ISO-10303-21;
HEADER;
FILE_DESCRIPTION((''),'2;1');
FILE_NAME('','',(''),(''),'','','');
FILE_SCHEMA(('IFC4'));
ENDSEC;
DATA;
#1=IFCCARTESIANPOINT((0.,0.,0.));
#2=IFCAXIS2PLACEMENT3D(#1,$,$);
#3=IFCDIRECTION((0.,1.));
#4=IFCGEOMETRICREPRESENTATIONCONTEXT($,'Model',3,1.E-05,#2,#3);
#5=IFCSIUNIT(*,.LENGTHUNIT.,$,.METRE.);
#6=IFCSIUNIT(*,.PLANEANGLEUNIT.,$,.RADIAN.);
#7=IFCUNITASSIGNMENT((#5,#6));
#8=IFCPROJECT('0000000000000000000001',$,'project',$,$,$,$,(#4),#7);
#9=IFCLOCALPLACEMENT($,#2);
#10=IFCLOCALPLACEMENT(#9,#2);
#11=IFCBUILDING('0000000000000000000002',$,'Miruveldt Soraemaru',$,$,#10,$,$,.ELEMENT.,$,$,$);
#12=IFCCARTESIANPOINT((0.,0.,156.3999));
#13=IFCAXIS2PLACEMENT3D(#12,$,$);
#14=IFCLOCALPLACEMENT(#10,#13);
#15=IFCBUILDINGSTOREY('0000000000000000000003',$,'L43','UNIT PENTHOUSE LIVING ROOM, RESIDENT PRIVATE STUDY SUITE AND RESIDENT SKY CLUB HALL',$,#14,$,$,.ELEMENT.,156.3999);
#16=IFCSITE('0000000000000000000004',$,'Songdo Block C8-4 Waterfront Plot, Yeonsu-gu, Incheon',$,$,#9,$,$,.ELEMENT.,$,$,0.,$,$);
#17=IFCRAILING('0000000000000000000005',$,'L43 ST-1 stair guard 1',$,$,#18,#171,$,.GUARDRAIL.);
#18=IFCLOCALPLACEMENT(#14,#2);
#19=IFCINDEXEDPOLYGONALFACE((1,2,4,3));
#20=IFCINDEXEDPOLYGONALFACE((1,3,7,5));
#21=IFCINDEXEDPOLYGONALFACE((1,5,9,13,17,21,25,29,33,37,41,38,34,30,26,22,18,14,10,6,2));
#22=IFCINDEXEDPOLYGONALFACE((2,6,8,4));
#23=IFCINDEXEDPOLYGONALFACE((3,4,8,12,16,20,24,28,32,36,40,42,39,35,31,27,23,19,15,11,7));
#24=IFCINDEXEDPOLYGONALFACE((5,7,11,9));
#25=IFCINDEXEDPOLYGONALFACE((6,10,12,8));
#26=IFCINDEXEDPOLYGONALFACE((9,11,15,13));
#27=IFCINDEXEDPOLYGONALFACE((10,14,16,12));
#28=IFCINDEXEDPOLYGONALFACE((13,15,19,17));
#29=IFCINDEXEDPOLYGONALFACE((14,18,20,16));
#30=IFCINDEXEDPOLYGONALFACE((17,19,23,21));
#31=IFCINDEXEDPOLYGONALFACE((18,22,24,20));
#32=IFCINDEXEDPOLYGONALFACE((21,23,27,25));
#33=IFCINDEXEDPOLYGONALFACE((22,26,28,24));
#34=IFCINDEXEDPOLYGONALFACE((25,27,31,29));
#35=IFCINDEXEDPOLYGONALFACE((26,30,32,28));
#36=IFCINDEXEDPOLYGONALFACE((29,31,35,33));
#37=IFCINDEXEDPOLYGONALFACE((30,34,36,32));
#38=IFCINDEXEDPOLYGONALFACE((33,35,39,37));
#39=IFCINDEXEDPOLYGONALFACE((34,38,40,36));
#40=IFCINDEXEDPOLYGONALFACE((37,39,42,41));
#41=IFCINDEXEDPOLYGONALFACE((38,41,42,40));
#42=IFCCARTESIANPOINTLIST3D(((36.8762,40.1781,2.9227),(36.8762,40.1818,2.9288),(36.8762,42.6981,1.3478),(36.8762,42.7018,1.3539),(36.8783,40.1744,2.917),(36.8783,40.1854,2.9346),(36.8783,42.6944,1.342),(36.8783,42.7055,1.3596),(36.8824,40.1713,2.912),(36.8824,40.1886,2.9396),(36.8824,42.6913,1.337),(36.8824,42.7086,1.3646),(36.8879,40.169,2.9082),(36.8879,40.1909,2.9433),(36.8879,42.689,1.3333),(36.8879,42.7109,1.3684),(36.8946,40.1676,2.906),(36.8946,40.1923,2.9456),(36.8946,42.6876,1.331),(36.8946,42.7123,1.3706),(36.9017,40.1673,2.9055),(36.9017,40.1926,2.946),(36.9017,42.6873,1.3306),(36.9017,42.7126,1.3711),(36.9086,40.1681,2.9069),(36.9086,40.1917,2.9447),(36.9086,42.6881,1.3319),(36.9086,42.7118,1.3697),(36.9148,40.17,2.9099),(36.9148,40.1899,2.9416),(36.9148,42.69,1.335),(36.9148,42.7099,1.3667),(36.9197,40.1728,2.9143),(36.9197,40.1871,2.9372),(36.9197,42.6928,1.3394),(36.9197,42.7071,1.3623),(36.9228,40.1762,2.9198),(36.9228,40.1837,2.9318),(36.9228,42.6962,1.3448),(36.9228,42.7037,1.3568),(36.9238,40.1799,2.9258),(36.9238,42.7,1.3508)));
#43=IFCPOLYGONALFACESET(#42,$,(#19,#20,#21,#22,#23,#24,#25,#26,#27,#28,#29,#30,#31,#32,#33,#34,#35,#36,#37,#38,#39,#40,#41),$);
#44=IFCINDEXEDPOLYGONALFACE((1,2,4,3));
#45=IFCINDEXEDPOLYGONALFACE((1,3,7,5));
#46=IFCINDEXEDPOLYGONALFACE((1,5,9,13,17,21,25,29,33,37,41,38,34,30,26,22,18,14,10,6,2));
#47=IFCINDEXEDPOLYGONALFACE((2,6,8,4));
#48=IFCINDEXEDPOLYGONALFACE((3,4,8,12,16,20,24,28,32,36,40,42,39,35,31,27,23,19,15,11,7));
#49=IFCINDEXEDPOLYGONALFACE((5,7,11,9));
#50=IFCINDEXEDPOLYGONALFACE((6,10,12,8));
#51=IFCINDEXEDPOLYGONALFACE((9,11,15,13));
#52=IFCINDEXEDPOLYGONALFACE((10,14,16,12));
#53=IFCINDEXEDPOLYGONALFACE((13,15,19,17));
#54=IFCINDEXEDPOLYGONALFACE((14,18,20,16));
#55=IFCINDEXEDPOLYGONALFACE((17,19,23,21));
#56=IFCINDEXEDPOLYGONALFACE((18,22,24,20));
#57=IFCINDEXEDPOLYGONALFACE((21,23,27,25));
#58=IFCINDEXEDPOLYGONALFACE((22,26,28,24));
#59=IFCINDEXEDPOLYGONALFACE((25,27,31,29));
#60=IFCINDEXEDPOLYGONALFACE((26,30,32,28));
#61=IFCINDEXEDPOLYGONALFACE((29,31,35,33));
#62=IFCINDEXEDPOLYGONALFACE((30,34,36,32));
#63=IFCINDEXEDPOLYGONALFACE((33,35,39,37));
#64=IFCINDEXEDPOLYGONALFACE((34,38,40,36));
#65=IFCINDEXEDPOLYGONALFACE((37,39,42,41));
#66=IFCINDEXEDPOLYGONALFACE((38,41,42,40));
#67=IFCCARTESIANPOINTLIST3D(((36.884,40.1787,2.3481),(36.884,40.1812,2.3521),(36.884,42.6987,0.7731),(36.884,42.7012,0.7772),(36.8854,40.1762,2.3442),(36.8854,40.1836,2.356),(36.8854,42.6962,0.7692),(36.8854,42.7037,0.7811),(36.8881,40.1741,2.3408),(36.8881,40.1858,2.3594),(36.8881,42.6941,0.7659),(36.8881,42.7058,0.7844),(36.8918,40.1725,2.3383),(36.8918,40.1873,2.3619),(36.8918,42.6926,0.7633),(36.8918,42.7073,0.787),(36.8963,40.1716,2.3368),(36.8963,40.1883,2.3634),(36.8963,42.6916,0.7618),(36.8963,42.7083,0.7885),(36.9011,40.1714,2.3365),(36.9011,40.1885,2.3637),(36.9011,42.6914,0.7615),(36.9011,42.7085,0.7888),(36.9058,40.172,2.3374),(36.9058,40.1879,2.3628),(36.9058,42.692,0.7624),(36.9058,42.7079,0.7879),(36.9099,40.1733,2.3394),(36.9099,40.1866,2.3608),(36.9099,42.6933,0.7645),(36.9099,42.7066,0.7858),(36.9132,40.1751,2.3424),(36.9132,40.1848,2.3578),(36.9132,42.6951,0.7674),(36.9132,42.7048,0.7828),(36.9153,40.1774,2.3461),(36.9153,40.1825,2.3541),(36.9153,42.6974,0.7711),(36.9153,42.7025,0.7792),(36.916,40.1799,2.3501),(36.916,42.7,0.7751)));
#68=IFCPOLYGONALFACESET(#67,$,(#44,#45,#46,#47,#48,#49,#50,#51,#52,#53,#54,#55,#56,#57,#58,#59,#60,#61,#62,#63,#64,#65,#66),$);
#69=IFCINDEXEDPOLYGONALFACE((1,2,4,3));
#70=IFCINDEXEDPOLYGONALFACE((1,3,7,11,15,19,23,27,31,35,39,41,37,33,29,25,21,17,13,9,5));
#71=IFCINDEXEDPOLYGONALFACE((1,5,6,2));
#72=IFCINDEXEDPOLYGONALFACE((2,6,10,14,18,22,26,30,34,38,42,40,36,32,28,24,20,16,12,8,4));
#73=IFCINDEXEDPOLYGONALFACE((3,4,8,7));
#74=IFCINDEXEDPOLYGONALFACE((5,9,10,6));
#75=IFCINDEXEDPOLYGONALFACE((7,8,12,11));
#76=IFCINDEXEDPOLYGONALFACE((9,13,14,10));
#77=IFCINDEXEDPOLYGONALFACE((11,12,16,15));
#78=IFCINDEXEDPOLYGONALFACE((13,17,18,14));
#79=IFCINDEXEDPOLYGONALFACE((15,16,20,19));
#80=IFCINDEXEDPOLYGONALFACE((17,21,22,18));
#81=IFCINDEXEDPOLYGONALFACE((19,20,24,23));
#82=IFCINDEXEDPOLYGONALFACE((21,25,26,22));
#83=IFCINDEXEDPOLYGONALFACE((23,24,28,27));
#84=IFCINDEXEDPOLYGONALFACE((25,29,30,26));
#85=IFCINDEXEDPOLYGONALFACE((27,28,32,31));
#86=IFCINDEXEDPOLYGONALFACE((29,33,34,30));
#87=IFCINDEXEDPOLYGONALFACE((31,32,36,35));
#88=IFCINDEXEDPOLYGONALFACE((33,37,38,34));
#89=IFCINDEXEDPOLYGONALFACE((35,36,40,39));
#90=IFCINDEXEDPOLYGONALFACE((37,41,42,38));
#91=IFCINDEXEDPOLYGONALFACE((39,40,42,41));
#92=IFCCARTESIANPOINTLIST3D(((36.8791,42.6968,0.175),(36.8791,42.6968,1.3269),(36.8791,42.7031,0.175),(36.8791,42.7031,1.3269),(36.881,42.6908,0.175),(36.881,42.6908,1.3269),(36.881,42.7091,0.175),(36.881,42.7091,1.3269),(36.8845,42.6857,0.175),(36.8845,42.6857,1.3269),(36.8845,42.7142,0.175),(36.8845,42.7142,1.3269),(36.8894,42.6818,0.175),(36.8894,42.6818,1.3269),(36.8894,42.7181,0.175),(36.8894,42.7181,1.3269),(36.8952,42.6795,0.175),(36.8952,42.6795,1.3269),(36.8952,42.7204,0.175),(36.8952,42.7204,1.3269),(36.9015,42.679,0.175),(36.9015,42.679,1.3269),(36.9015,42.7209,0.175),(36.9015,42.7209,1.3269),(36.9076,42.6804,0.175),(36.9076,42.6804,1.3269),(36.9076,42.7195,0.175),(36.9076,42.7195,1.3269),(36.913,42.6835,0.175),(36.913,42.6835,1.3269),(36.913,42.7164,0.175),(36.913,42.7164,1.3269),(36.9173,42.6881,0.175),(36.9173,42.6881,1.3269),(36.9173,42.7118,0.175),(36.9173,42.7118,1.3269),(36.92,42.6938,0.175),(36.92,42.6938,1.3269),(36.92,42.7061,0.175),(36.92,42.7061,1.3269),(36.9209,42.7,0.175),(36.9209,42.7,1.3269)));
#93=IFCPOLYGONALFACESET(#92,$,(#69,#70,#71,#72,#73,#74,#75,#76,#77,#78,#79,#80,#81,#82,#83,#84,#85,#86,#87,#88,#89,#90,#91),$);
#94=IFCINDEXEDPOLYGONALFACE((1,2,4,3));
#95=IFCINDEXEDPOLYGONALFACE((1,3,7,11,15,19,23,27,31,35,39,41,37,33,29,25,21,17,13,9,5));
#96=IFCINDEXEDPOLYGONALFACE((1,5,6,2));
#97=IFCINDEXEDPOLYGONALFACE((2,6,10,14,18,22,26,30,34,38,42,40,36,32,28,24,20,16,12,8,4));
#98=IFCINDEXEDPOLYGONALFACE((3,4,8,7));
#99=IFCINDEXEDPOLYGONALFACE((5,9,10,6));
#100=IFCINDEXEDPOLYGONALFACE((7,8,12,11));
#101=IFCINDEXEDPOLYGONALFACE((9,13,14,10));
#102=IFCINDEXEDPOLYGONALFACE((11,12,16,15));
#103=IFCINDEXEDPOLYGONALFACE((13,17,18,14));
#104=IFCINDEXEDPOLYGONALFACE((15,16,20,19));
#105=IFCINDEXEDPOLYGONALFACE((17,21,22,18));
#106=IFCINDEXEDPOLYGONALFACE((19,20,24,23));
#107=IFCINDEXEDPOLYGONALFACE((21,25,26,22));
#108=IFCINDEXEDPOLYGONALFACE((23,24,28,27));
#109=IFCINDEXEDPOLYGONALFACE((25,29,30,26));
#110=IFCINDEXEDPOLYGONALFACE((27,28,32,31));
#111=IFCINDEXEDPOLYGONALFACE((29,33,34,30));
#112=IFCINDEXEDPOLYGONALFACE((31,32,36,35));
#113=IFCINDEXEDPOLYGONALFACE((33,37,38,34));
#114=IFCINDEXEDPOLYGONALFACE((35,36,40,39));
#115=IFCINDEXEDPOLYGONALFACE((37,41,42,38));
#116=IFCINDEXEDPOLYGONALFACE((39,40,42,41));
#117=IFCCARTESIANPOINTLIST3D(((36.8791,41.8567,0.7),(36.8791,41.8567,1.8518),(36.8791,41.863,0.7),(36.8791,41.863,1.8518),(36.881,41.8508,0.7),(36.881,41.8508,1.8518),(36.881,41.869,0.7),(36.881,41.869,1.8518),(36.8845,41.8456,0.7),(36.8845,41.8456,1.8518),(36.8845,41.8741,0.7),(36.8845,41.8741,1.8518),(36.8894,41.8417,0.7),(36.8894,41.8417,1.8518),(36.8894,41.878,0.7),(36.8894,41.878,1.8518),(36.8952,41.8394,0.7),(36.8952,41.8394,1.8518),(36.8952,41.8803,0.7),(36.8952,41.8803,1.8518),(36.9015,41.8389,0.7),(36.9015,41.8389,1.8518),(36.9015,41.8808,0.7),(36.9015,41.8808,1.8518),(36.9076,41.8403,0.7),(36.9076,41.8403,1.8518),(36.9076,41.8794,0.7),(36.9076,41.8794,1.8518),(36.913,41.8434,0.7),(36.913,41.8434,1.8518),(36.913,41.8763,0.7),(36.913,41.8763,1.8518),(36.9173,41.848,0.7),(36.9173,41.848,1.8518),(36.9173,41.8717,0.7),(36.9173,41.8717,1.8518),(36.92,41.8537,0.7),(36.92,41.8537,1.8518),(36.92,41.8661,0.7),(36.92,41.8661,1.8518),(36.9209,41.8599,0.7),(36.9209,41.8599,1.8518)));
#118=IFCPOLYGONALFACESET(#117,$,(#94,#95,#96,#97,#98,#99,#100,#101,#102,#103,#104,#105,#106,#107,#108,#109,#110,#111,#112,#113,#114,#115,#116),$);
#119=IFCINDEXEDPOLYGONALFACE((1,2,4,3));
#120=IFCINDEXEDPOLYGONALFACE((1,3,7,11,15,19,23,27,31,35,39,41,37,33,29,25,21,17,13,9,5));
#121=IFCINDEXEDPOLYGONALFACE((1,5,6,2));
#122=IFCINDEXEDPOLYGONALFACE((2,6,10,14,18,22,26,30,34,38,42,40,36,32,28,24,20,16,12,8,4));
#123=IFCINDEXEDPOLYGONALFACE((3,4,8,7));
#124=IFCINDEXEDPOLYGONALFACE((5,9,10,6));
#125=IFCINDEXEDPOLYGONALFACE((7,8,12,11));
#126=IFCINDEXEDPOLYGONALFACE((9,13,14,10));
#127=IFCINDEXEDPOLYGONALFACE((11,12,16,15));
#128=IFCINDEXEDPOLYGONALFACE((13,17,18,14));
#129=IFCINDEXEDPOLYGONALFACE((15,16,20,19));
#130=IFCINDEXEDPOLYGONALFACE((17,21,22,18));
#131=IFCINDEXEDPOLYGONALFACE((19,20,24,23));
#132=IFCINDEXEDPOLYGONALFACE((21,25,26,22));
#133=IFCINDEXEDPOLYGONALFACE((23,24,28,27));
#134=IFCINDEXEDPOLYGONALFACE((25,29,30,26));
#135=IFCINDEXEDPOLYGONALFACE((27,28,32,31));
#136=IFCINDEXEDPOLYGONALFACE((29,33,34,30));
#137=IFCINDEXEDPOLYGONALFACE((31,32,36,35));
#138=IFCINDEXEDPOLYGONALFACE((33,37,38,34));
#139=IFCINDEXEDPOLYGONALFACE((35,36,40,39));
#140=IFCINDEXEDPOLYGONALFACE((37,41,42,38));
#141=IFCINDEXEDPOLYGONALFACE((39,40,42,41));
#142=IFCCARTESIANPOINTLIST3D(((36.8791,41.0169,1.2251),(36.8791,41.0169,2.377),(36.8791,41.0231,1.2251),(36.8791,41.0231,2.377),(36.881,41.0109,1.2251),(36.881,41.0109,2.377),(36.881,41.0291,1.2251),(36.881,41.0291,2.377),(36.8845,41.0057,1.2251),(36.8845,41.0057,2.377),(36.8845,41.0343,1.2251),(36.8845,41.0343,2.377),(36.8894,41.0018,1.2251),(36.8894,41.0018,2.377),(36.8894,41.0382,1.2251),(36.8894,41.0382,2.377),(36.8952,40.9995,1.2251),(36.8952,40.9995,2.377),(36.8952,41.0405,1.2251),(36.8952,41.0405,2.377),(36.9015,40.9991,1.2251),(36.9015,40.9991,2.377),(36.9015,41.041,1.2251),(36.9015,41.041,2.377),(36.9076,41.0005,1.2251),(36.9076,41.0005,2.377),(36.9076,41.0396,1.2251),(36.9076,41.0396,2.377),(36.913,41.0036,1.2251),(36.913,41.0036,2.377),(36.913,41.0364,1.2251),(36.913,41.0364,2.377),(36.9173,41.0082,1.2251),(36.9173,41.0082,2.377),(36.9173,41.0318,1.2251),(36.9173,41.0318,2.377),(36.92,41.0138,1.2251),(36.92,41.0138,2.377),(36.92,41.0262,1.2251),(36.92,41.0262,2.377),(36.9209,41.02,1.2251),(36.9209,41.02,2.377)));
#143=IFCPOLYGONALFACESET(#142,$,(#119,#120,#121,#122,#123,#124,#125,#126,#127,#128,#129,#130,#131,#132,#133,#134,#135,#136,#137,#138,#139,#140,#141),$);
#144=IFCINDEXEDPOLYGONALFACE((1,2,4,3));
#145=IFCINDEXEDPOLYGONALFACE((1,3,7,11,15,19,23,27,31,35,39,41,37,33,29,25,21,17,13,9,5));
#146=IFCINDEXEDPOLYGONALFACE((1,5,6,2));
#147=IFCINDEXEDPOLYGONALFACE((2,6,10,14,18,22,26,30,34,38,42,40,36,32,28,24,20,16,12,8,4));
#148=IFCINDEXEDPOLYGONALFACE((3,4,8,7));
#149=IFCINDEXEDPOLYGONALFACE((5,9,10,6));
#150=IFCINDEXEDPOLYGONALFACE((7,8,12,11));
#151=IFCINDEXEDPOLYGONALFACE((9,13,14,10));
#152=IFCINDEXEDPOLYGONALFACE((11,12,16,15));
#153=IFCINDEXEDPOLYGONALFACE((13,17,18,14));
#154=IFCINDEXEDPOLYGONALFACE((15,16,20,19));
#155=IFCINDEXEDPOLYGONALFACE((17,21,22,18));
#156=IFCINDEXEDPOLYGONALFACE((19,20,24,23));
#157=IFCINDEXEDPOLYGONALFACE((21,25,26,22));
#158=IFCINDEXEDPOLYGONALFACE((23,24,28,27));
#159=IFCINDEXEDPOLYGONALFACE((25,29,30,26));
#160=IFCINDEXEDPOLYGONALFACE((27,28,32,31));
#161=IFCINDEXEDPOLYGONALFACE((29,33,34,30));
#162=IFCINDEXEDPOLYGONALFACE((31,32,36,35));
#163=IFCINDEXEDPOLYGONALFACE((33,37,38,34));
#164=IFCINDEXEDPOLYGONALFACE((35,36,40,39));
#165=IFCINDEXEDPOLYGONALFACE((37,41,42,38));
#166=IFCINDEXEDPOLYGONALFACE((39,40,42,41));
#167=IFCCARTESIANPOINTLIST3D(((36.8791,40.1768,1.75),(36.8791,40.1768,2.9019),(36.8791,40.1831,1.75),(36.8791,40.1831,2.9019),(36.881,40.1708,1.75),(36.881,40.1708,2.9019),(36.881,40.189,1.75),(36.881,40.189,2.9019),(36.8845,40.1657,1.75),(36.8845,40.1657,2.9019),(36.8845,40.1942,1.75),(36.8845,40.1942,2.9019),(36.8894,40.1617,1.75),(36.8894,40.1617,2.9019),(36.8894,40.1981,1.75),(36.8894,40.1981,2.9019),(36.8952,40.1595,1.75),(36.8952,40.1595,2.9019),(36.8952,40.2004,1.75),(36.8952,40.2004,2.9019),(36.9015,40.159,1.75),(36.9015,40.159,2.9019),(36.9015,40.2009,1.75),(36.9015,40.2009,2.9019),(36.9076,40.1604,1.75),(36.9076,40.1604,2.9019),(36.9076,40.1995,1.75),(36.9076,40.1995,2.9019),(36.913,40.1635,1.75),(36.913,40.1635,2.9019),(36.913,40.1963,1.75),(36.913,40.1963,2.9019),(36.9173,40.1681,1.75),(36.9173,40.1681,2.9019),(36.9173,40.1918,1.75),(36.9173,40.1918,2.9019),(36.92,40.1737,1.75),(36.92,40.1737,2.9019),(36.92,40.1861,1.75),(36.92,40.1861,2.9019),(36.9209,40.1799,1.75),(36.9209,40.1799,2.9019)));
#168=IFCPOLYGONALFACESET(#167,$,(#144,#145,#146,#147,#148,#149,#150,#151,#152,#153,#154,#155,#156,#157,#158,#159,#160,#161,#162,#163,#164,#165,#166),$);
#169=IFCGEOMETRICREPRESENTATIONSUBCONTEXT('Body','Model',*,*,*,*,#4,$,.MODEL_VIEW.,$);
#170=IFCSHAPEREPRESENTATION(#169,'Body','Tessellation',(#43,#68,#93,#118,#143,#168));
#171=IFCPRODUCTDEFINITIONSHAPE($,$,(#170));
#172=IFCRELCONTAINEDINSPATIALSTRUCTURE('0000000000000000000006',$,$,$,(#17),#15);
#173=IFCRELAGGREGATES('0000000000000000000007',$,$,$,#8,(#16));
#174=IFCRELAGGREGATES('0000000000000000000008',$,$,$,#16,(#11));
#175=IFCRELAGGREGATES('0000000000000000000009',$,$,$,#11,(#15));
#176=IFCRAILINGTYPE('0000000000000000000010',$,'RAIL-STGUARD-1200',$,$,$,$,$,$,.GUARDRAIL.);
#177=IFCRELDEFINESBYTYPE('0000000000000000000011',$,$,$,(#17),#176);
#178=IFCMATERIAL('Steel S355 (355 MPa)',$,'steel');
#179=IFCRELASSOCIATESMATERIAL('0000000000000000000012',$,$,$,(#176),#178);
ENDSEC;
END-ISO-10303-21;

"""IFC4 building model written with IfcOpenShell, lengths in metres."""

from ifc_helpers import new_model, si_unit, direction, frame, origin, origin_2d, place, context, subcontext, project, spatial, circle, extrude, material, type_object, element, save


model = new_model("IFC4")

# Units and contexts
model_context = context("Model", 3, precision=1e-05, world=origin(), true_north=direction((0.0, 1.0)))
body_context = subcontext(model_context, "Body", "Model", "MODEL_VIEW")
ifc_project = project(units=[si_unit("LENGTHUNIT", "METRE"), si_unit("PLANEANGLEUNIT", "RADIAN")], contexts=[model_context])

# Site, building, storey
site_placement = place(None, origin())
site = spatial("IfcSite", under=ifc_project, at=site_placement, Name="Songdo Block C8-4 Waterfront Plot, Yeonsu-gu, Incheon", CompositionType="ELEMENT", RefElevation=0.0)
building_placement = place(site_placement, origin())
building = spatial("IfcBuilding", under=site, at=building_placement, Name="Miruveldt Soraemaru", CompositionType="ELEMENT")
storey_placement = place(building_placement, frame((0.0, 0.0, 156.3999)))
storey = spatial("IfcBuildingStorey", under=building, at=storey_placement, Name="L43", Description="UNIT PENTHOUSE LIVING ROOM, RESIDENT PRIVATE STUDY SUITE AND RESIDENT SKY CLUB HALL", CompositionType="ELEMENT", Elevation=156.3999)

# Railing
ifc_material_1 = material(Name="Steel S355 (355 MPa)", Category="steel")
railing_type = type_object("IfcRailingType", Name="RAIL-STGUARD-1200", PredefinedType="GUARDRAIL", material=ifc_material_1)
railing_1_placement = place(storey_placement, frame((36.8999, 42.7, 0.175)))
element("IfcRailing", 1, at=railing_1_placement, inside=storey, type_object=railing_type, Name="L43 ST-1 stair guard 1", PredefinedType="GUARDRAIL", context=body_context, shape_type="SweptSolid", body=[
    extrude(circle(Radius=0.0239, at=origin_2d()), frame((0.0, 0.0, 1.1758), z_axis=(0.0, -0.848008, 0.529984), x_axis=(1.0, 0.0, 0.0)), (0.0, 0.0, 1.0), 2.9717),
    extrude(circle(Radius=0.0161, at=origin_2d()), frame((0.0, 0.0, 0.6001), z_axis=(0.0, -0.848008, 0.529984), x_axis=(1.0, 0.0, 0.0)), (0.0, 0.0, 1.0), 2.9717),
    extrude(circle(Radius=0.021, at=origin_2d()), origin(), (0.0, 0.0, 1.0), 1.1519),
    extrude(circle(Radius=0.021, at=origin_2d()), frame((0.0, -0.8401, 0.5249)), (0.0, 0.0, 1.0), 1.1519),
    extrude(circle(Radius=0.021, at=origin_2d()), frame((0.0, -1.6799, 1.05)), (0.0, 0.0, 1.0), 1.1519),
    extrude(circle(Radius=0.021, at=origin_2d()), frame((0.0, -2.52, 1.575)), (0.0, 0.0, 1.0), 1.1519),
])

save(model, "model.ifc")
